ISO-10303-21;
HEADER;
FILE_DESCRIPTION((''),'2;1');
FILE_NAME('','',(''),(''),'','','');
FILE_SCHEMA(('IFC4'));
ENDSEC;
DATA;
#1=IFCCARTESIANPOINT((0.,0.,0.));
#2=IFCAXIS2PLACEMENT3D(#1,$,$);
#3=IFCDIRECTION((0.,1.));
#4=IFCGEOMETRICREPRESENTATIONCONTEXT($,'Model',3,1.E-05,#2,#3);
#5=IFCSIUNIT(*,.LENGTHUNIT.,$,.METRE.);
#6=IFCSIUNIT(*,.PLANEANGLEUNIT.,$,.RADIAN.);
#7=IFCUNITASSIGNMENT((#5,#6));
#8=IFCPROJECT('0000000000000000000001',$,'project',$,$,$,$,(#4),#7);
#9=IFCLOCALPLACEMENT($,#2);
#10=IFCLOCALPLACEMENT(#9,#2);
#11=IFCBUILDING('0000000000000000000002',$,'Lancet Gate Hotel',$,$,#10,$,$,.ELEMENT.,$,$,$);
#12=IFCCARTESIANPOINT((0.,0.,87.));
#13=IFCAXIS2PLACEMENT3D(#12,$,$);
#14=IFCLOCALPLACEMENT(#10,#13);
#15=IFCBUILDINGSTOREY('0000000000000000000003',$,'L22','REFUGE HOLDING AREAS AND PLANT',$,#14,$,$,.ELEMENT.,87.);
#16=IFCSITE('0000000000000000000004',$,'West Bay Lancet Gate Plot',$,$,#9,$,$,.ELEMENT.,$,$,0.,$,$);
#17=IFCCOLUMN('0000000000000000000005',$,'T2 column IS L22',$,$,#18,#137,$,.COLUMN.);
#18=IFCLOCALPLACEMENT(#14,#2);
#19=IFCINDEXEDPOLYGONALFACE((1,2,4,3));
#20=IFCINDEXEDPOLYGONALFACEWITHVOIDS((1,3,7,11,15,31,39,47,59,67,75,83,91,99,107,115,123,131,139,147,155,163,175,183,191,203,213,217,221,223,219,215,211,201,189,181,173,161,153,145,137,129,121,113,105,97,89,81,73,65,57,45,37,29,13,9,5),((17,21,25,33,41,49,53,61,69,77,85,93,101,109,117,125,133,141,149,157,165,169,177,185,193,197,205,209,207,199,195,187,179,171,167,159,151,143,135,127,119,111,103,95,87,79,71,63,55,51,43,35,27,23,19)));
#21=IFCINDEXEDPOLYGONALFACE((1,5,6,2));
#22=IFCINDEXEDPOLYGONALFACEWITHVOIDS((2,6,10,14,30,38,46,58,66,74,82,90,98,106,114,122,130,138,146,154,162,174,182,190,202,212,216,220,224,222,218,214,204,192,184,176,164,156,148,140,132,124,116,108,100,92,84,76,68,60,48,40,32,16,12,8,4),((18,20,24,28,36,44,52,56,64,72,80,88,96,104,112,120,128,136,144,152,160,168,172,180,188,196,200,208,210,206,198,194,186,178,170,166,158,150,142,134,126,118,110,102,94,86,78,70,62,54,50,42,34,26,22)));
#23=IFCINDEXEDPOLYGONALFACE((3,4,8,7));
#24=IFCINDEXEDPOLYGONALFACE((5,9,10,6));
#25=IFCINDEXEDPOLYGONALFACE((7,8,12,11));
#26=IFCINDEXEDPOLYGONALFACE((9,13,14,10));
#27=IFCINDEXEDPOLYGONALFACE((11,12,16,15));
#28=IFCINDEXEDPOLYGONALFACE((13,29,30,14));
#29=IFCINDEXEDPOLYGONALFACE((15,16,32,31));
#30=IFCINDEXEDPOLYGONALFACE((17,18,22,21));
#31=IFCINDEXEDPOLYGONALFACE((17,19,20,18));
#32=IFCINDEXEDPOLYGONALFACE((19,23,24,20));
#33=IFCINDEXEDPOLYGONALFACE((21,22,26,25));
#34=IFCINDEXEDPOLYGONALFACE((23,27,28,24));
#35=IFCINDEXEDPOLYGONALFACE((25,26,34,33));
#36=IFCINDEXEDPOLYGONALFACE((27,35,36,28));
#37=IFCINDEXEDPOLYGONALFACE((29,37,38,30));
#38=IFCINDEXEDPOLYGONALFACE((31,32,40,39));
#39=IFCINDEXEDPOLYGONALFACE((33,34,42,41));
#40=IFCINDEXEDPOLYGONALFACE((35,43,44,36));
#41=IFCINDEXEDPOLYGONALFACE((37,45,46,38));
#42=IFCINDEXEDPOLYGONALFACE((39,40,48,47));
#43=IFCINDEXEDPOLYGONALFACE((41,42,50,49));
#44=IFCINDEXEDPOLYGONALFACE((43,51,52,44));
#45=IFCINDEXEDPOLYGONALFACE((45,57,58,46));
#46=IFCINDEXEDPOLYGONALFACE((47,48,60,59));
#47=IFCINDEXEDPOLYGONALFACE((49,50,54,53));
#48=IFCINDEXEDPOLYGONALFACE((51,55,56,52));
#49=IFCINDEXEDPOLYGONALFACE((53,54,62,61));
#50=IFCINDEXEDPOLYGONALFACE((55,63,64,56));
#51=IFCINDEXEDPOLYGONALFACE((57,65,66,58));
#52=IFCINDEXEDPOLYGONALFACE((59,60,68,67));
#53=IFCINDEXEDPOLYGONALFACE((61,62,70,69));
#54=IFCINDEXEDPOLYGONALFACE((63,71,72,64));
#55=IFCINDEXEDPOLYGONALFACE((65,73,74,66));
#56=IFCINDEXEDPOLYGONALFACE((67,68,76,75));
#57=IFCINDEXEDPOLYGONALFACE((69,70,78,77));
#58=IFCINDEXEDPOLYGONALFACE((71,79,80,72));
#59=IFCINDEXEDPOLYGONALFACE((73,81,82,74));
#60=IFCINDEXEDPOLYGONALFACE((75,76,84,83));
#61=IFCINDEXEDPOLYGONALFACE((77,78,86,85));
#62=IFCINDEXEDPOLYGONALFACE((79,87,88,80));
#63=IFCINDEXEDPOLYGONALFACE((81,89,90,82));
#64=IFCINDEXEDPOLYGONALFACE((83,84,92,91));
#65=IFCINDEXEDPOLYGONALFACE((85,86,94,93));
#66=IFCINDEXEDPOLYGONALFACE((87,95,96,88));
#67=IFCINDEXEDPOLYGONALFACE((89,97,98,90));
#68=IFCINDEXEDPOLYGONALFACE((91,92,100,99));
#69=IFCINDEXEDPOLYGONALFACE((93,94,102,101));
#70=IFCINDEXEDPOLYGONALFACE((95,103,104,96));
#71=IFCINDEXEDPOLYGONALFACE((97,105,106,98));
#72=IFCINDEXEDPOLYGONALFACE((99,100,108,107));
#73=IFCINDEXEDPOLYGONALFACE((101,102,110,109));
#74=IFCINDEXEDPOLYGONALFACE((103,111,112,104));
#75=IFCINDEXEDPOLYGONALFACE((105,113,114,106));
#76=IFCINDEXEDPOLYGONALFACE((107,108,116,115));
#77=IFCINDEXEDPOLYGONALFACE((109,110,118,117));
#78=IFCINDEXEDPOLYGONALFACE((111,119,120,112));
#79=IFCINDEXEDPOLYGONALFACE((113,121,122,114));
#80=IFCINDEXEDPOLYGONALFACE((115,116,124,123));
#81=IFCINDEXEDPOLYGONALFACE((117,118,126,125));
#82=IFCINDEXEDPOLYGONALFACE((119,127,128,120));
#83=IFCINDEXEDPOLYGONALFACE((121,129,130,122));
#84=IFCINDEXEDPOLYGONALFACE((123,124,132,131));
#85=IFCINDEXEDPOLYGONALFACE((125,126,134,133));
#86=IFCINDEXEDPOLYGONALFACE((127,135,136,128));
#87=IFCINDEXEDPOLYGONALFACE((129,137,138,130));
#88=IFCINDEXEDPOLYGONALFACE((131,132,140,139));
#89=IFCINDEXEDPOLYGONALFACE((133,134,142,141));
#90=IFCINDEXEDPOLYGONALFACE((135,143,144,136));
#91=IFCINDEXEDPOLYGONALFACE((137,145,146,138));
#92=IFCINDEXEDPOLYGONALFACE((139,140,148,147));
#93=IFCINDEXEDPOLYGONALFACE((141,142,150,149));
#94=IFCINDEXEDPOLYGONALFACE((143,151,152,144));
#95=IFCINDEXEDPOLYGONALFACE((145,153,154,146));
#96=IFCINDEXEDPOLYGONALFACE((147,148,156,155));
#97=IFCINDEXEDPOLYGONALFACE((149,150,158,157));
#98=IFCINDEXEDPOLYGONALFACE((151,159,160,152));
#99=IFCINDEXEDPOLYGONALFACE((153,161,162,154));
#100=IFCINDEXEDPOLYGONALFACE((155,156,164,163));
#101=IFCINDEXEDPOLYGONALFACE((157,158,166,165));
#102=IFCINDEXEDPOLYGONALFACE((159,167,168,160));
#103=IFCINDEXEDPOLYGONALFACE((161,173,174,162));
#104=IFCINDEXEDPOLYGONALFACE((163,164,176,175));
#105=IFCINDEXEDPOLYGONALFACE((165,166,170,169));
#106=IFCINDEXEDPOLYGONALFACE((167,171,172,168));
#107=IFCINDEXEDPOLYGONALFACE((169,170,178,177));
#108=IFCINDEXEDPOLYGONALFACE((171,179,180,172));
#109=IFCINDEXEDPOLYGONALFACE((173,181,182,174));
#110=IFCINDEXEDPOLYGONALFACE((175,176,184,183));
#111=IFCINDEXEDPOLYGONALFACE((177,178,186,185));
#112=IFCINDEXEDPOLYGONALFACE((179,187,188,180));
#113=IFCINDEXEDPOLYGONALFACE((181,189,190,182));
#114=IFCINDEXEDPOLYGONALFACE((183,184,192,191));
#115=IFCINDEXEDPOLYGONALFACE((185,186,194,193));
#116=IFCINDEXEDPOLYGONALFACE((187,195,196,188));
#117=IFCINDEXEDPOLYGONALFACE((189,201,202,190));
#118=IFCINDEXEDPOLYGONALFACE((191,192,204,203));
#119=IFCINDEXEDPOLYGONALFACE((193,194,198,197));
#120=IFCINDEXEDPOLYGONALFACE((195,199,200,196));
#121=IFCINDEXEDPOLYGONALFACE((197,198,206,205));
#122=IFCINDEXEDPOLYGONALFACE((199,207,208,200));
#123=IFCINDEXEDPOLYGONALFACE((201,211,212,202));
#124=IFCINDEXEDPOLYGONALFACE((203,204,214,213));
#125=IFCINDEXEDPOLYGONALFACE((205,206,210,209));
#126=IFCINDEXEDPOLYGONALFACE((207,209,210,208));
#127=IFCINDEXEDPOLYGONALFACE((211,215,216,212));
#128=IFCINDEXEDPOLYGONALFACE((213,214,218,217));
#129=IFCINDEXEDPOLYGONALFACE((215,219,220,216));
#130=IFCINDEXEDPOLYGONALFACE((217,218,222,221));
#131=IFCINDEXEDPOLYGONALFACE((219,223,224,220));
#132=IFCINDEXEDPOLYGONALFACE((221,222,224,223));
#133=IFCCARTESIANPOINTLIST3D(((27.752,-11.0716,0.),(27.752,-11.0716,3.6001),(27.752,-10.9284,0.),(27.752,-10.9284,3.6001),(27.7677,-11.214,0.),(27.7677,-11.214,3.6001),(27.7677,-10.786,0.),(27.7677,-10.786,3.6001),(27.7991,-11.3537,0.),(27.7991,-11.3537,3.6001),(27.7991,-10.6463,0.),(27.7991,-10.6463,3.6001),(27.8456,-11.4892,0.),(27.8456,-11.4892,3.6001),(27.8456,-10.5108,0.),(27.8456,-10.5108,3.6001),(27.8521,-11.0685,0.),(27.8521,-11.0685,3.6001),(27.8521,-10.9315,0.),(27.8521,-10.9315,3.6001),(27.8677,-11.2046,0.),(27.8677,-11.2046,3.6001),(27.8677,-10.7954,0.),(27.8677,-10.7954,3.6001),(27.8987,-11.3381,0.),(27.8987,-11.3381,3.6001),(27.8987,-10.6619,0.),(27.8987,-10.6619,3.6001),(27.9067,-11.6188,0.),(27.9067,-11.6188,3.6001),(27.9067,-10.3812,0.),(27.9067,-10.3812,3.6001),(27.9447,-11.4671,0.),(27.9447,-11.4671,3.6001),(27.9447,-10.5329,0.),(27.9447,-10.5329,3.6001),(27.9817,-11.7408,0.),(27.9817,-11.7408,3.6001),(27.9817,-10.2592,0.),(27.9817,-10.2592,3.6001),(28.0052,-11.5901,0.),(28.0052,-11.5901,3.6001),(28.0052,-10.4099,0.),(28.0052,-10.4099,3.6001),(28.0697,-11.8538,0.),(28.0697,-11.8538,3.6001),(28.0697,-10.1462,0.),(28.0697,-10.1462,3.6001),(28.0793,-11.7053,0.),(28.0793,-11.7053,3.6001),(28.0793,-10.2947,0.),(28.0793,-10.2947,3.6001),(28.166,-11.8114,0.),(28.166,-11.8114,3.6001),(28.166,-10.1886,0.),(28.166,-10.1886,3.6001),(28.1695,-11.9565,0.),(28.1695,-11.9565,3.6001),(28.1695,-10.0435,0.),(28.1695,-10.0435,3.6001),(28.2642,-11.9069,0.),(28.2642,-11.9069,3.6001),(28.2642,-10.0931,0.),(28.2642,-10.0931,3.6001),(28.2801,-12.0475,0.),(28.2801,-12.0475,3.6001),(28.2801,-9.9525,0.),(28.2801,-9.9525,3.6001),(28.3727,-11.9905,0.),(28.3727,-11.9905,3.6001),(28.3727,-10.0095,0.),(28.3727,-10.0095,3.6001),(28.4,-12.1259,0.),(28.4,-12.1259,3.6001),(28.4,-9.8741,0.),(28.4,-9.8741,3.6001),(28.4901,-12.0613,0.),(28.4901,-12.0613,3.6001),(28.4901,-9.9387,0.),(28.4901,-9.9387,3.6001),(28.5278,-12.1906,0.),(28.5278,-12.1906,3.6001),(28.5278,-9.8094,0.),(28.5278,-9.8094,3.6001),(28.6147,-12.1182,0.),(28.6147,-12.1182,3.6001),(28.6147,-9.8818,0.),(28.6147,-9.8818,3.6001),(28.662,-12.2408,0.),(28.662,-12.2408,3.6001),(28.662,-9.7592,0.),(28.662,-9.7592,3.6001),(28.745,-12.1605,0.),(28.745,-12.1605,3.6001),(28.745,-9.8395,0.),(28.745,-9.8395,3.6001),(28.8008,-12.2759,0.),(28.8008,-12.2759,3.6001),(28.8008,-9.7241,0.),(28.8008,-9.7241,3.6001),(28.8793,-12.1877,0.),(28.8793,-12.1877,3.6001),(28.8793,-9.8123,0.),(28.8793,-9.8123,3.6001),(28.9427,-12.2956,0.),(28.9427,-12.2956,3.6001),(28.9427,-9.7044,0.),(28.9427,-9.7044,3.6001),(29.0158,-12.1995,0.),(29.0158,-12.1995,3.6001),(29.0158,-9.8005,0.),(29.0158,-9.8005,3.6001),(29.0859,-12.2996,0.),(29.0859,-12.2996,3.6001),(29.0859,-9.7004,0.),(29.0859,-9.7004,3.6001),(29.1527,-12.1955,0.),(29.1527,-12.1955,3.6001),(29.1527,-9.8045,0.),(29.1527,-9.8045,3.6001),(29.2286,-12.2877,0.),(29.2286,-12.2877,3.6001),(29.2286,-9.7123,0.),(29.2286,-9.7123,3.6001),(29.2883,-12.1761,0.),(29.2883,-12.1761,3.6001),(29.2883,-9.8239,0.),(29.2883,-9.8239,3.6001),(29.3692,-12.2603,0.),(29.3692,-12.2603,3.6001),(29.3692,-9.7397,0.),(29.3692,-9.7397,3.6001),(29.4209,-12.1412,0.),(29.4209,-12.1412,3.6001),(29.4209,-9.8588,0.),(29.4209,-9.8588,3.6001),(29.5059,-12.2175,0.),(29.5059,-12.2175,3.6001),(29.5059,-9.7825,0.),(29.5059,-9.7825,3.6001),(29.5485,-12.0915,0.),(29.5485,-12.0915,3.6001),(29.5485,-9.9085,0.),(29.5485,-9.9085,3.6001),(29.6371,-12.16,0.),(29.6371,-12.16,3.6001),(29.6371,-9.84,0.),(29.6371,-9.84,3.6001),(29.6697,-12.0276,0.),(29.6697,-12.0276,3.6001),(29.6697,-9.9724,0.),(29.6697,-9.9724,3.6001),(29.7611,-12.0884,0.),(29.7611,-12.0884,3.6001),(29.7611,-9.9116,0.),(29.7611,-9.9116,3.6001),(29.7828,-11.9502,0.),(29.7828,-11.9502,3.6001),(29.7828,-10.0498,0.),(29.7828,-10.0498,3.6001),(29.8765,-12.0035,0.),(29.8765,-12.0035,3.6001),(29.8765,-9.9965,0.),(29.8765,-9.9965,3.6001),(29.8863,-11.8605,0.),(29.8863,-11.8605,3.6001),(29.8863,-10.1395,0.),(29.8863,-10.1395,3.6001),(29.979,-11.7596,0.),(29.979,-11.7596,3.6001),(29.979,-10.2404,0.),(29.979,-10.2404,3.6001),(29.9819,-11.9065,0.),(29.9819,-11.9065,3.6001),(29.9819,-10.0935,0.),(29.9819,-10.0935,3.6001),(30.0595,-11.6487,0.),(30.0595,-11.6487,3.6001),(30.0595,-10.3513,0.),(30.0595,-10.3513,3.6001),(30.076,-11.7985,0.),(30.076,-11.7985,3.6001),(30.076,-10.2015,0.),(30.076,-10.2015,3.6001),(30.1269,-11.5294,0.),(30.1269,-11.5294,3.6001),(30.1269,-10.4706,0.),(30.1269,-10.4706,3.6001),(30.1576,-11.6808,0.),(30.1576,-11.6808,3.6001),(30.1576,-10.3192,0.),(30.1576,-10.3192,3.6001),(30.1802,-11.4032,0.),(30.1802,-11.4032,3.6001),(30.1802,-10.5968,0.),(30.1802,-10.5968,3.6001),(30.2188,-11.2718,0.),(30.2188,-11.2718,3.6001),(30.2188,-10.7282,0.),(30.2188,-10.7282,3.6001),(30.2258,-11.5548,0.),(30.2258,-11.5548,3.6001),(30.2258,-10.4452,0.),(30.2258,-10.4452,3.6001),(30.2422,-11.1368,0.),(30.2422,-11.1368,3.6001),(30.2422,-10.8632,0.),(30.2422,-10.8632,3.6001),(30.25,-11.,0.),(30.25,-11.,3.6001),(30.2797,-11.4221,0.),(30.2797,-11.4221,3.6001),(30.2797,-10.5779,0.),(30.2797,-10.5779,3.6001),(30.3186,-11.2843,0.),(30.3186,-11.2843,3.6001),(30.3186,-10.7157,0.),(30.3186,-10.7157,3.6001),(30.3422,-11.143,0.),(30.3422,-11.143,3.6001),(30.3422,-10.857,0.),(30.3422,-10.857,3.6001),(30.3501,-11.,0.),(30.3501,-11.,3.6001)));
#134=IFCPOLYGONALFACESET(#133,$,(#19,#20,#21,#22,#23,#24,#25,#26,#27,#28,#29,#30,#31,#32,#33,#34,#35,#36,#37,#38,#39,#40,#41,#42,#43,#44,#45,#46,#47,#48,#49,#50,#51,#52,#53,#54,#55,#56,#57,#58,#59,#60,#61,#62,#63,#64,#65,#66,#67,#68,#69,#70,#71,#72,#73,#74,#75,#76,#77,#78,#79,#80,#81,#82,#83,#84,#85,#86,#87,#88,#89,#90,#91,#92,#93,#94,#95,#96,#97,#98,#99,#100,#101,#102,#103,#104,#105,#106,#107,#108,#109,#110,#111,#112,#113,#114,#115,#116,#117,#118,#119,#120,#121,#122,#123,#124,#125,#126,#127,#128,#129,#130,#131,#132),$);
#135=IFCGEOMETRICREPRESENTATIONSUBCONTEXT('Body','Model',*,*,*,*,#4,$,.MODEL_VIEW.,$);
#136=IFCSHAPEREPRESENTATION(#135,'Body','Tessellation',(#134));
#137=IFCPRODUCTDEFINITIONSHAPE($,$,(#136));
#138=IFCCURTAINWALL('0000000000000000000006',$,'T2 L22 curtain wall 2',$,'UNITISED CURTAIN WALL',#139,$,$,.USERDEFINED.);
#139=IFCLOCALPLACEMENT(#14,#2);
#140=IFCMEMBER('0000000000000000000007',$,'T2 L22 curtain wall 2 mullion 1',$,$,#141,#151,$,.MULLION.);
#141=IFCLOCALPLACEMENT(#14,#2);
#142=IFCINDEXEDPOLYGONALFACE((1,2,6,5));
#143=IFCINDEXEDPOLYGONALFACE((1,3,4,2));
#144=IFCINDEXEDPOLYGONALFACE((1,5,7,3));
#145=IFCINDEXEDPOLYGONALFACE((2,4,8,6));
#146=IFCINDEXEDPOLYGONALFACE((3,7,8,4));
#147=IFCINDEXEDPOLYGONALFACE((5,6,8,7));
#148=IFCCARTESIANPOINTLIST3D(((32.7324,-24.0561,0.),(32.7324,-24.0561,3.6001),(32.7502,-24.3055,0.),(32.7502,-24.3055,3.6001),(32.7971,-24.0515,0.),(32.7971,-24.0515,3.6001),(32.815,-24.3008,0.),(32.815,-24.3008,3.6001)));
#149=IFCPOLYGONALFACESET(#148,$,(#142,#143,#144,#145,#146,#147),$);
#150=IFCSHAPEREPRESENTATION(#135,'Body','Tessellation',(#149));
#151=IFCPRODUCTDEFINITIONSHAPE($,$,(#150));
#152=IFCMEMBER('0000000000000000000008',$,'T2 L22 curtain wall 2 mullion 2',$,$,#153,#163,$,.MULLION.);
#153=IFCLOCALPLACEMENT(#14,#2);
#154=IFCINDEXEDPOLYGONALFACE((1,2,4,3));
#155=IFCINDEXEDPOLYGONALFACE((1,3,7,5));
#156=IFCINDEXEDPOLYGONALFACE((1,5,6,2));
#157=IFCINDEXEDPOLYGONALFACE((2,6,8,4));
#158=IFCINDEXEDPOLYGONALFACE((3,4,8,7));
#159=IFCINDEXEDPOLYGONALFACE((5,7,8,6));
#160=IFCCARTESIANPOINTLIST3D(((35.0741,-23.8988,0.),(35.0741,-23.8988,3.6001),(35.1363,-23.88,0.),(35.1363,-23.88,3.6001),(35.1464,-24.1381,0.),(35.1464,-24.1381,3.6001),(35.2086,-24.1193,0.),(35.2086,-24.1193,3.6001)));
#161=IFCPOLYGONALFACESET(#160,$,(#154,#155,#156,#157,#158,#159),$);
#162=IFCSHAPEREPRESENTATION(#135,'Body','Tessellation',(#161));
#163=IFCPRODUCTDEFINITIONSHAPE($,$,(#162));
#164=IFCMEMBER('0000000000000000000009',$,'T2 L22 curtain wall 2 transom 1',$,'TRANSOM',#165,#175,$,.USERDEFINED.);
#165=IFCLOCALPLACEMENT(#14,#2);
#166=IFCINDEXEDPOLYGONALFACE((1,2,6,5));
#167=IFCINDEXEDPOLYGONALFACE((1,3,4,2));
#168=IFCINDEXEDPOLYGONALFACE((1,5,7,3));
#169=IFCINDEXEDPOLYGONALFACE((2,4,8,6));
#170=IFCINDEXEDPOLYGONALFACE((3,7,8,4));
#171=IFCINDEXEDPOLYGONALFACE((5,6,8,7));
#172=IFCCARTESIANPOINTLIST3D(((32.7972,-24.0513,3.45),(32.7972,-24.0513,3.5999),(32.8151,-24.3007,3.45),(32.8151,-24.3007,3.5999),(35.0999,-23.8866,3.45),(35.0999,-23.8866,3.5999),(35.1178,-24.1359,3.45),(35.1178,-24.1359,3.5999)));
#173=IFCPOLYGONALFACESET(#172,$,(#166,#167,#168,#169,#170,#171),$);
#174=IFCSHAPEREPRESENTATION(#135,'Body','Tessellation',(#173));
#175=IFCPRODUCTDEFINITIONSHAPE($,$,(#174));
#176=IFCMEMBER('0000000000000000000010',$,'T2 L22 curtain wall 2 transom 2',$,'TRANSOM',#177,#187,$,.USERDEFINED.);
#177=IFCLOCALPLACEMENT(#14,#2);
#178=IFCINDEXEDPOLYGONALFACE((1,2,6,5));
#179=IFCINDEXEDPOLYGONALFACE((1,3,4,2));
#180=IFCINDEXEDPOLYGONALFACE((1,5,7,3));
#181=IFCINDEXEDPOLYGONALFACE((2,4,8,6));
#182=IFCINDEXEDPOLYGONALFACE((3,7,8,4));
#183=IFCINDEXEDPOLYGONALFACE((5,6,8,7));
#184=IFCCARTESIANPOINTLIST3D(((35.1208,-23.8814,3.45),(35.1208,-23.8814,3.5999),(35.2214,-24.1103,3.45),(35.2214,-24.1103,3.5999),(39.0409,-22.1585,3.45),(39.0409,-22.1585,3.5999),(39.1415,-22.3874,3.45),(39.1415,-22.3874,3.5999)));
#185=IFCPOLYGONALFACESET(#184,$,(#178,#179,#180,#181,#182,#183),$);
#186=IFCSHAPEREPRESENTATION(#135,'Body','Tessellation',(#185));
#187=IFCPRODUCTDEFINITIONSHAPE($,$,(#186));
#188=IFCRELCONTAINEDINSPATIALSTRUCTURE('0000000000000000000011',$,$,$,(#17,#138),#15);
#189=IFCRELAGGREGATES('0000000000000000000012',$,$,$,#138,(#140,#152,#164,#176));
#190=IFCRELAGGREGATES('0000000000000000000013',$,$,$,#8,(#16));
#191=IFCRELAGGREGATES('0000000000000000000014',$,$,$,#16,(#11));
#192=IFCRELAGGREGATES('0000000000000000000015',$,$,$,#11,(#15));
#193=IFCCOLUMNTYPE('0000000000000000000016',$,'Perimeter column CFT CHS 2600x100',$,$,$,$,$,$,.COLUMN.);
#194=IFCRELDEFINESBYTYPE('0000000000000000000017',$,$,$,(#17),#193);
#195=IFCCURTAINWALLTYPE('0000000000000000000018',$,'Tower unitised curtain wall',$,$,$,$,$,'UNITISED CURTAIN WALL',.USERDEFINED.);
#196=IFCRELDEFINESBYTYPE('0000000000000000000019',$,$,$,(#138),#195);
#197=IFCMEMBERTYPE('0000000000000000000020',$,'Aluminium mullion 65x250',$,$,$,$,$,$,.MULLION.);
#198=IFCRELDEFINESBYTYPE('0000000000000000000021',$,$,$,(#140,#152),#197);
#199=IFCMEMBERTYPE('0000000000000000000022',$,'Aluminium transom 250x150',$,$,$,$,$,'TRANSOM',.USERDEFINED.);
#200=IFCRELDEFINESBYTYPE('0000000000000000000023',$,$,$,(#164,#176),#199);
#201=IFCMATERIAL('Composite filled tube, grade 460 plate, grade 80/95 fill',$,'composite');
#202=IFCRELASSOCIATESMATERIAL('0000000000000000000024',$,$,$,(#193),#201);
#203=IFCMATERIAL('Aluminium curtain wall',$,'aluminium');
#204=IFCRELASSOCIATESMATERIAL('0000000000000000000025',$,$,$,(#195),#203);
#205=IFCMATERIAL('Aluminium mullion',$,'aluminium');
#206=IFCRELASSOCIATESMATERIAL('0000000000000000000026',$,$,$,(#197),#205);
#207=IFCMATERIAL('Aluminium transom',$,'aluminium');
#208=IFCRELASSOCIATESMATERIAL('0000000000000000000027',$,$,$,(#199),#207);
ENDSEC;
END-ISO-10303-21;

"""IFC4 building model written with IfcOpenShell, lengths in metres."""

from ifc_helpers import new_model, si_unit, direction, frame, origin, origin_2d, place, context, subcontext, project, spatial, rectangle, hollow_circle, extrude, material, material_profile, profile_set, type_object, element, aggregate, save


model = new_model("IFC4")

# Units and contexts
model_context = context("Model", 3, precision=1e-05, world=origin(), true_north=direction((0.0, 1.0)))
body_context = subcontext(model_context, "Body", "Model", "MODEL_VIEW")
ifc_project = project(units=[si_unit("LENGTHUNIT", "METRE"), si_unit("PLANEANGLEUNIT", "RADIAN")], contexts=[model_context])

# Site, building, storey
site_placement = place(None, origin())
site = spatial("IfcSite", under=ifc_project, at=site_placement, Name="West Bay Lancet Gate Plot", CompositionType="ELEMENT", RefElevation=0.0)
building_placement = place(site_placement, origin())
building = spatial("IfcBuilding", under=site, at=building_placement, Name="Lancet Gate Hotel", CompositionType="ELEMENT")
storey_placement = place(building_placement, frame((0.0, 0.0, 87.0)))
storey = spatial("IfcBuildingStorey", under=building, at=storey_placement, Name="L22", Description="REFUGE HOLDING AREAS AND PLANT", CompositionType="ELEMENT", Elevation=87.0)

# Column
ifc_material_1 = material(Name="Composite filled tube, grade 460 plate, grade 80/95 fill", Category="composite")
ifc_material_profile_1 = material_profile(ifc_material_1, hollow_circle(Radius=1.3, WallThickness=0.1001, at=origin_2d()), Name="CHS 2600x100")
ifc_profile_set_1 = profile_set([ifc_material_profile_1], Name="Composite filled tube, grade 460 plate, grade 80/95 fill")
column_type = type_object("IfcColumnType", Name="Perimeter column CFT CHS 2600x100", PredefinedType="COLUMN", material=ifc_profile_set_1)
for number, where, z_axis, x_axis, name in (
    (1, (29.05, -11.0, 0.0), (0.0, 0.0, 1.0), (1.0, 0.0, 0.0), "T2 column IS L22"),
):
    element("IfcColumn", number, at=place(storey_placement, frame(where, z_axis=z_axis, x_axis=x_axis)), inside=storey, type_object=column_type, Name=name, PredefinedType="COLUMN", context=body_context, shape_type="SweptSolid", body=[
        extrude(hollow_circle(Radius=1.3, WallThickness=0.1001, at=origin_2d()), origin(), (0.0, 0.0, 1.0), 3.6001),
    ])

# Curtain wall, members
ifc_material_2 = material(Name="Aluminium curtain wall", Category="aluminium")
curtain_wall_type = type_object("IfcCurtainWallType", Name="Tower unitised curtain wall", ElementType="UNITISED CURTAIN WALL", PredefinedType="USERDEFINED", material=ifc_material_2)
curtain_wall_placement = place(storey_placement, origin())
curtain_wall = element("IfcCurtainWall", 2, at=curtain_wall_placement, inside=storey, type_object=curtain_wall_type, Name="T2 L22 curtain wall 2", ObjectType="UNITISED CURTAIN WALL", PredefinedType="USERDEFINED")
ifc_material_3 = material(Name="Aluminium mullion", Category="aluminium")
ifc_material_profile_2 = material_profile(ifc_material_3, rectangle(XDim=0.0649, YDim=0.25, at=origin_2d()), Name="MULLION 65x250")
ifc_profile_set_2 = profile_set([ifc_material_profile_2], Name="Aluminium mullion")
member_type_1 = type_object("IfcMemberType", Name="Aluminium mullion 65x250", PredefinedType="MULLION", material=ifc_profile_set_2)
member_1_placement = place(storey_placement, frame((32.7737, -24.1785, 0.0), z_axis=(0.0, 0.0, 1.0), x_axis=(0.997448, 0.07139, 0.0)))
member_1 = element("IfcMember", 3, at=member_1_placement, type_object=member_type_1, Name="T2 L22 curtain wall 2 mullion 1", PredefinedType="MULLION", context=body_context, shape_type="SweptSolid", body=[
    extrude(rectangle(XDim=0.0649, YDim=0.25, at=origin_2d()), origin(), (0.0, 0.0, 1.0), 3.6001),
])
member_2_placement = place(storey_placement, frame((35.1414, -24.009, 0.0), z_axis=(0.0, 0.0, 1.0), x_axis=(0.957224, 0.289347, 0.0)))
member_2 = element("IfcMember", 4, at=member_2_placement, type_object=member_type_1, Name="T2 L22 curtain wall 2 mullion 2", PredefinedType="MULLION", context=body_context, shape_type="SweptSolid", body=[
    extrude(rectangle(XDim=0.0649, YDim=0.25, at=origin_2d()), origin(), (0.0, 0.0, 1.0), 3.6001),
])
ifc_material_4 = material(Name="Aluminium transom", Category="aluminium")
ifc_material_profile_3 = material_profile(ifc_material_4, rectangle(XDim=0.25, YDim=0.1499, at=origin_2d()), Name="TRANSOM 250x150")
ifc_profile_set_3 = profile_set([ifc_material_profile_3], Name="Aluminium transom")
member_type_2 = type_object("IfcMemberType", Name="Aluminium transom 250x150", ElementType="TRANSOM", PredefinedType="USERDEFINED", material=ifc_profile_set_3)
member_3_placement = place(storey_placement, frame((32.8062, -24.176, 3.5249), z_axis=(0.997449, 0.071382, 0.0), x_axis=(-0.071382, 0.997449, 0.0)))
member_3 = element("IfcMember", 5, at=member_3_placement, type_object=member_type_2, Name="T2 L22 curtain wall 2 transom 1", ObjectType="TRANSOM", PredefinedType="USERDEFINED", context=body_context, shape_type="SweptSolid", body=[
    extrude(rectangle(XDim=0.25, YDim=0.1499, at=origin_2d()), origin(), (0.0, 0.0, 1.0), 2.3086),
])
member_4_placement = place(storey_placement, frame((35.1711, -23.9958, 3.5249), z_axis=(0.915485, 0.402353, 0.0), x_axis=(-0.402353, 0.915485, 0.0)))
member_4 = element("IfcMember", 6, at=member_4_placement, type_object=member_type_2, Name="T2 L22 curtain wall 2 transom 2", ObjectType="TRANSOM", PredefinedType="USERDEFINED", context=body_context, shape_type="SweptSolid", body=[
    extrude(rectangle(XDim=0.25, YDim=0.1499, at=origin_2d()), origin(), (0.0, 0.0, 1.0), 4.282),
])

aggregate(curtain_wall, [member_1, member_2, member_3, member_4])

save(model, "model.ifc")
